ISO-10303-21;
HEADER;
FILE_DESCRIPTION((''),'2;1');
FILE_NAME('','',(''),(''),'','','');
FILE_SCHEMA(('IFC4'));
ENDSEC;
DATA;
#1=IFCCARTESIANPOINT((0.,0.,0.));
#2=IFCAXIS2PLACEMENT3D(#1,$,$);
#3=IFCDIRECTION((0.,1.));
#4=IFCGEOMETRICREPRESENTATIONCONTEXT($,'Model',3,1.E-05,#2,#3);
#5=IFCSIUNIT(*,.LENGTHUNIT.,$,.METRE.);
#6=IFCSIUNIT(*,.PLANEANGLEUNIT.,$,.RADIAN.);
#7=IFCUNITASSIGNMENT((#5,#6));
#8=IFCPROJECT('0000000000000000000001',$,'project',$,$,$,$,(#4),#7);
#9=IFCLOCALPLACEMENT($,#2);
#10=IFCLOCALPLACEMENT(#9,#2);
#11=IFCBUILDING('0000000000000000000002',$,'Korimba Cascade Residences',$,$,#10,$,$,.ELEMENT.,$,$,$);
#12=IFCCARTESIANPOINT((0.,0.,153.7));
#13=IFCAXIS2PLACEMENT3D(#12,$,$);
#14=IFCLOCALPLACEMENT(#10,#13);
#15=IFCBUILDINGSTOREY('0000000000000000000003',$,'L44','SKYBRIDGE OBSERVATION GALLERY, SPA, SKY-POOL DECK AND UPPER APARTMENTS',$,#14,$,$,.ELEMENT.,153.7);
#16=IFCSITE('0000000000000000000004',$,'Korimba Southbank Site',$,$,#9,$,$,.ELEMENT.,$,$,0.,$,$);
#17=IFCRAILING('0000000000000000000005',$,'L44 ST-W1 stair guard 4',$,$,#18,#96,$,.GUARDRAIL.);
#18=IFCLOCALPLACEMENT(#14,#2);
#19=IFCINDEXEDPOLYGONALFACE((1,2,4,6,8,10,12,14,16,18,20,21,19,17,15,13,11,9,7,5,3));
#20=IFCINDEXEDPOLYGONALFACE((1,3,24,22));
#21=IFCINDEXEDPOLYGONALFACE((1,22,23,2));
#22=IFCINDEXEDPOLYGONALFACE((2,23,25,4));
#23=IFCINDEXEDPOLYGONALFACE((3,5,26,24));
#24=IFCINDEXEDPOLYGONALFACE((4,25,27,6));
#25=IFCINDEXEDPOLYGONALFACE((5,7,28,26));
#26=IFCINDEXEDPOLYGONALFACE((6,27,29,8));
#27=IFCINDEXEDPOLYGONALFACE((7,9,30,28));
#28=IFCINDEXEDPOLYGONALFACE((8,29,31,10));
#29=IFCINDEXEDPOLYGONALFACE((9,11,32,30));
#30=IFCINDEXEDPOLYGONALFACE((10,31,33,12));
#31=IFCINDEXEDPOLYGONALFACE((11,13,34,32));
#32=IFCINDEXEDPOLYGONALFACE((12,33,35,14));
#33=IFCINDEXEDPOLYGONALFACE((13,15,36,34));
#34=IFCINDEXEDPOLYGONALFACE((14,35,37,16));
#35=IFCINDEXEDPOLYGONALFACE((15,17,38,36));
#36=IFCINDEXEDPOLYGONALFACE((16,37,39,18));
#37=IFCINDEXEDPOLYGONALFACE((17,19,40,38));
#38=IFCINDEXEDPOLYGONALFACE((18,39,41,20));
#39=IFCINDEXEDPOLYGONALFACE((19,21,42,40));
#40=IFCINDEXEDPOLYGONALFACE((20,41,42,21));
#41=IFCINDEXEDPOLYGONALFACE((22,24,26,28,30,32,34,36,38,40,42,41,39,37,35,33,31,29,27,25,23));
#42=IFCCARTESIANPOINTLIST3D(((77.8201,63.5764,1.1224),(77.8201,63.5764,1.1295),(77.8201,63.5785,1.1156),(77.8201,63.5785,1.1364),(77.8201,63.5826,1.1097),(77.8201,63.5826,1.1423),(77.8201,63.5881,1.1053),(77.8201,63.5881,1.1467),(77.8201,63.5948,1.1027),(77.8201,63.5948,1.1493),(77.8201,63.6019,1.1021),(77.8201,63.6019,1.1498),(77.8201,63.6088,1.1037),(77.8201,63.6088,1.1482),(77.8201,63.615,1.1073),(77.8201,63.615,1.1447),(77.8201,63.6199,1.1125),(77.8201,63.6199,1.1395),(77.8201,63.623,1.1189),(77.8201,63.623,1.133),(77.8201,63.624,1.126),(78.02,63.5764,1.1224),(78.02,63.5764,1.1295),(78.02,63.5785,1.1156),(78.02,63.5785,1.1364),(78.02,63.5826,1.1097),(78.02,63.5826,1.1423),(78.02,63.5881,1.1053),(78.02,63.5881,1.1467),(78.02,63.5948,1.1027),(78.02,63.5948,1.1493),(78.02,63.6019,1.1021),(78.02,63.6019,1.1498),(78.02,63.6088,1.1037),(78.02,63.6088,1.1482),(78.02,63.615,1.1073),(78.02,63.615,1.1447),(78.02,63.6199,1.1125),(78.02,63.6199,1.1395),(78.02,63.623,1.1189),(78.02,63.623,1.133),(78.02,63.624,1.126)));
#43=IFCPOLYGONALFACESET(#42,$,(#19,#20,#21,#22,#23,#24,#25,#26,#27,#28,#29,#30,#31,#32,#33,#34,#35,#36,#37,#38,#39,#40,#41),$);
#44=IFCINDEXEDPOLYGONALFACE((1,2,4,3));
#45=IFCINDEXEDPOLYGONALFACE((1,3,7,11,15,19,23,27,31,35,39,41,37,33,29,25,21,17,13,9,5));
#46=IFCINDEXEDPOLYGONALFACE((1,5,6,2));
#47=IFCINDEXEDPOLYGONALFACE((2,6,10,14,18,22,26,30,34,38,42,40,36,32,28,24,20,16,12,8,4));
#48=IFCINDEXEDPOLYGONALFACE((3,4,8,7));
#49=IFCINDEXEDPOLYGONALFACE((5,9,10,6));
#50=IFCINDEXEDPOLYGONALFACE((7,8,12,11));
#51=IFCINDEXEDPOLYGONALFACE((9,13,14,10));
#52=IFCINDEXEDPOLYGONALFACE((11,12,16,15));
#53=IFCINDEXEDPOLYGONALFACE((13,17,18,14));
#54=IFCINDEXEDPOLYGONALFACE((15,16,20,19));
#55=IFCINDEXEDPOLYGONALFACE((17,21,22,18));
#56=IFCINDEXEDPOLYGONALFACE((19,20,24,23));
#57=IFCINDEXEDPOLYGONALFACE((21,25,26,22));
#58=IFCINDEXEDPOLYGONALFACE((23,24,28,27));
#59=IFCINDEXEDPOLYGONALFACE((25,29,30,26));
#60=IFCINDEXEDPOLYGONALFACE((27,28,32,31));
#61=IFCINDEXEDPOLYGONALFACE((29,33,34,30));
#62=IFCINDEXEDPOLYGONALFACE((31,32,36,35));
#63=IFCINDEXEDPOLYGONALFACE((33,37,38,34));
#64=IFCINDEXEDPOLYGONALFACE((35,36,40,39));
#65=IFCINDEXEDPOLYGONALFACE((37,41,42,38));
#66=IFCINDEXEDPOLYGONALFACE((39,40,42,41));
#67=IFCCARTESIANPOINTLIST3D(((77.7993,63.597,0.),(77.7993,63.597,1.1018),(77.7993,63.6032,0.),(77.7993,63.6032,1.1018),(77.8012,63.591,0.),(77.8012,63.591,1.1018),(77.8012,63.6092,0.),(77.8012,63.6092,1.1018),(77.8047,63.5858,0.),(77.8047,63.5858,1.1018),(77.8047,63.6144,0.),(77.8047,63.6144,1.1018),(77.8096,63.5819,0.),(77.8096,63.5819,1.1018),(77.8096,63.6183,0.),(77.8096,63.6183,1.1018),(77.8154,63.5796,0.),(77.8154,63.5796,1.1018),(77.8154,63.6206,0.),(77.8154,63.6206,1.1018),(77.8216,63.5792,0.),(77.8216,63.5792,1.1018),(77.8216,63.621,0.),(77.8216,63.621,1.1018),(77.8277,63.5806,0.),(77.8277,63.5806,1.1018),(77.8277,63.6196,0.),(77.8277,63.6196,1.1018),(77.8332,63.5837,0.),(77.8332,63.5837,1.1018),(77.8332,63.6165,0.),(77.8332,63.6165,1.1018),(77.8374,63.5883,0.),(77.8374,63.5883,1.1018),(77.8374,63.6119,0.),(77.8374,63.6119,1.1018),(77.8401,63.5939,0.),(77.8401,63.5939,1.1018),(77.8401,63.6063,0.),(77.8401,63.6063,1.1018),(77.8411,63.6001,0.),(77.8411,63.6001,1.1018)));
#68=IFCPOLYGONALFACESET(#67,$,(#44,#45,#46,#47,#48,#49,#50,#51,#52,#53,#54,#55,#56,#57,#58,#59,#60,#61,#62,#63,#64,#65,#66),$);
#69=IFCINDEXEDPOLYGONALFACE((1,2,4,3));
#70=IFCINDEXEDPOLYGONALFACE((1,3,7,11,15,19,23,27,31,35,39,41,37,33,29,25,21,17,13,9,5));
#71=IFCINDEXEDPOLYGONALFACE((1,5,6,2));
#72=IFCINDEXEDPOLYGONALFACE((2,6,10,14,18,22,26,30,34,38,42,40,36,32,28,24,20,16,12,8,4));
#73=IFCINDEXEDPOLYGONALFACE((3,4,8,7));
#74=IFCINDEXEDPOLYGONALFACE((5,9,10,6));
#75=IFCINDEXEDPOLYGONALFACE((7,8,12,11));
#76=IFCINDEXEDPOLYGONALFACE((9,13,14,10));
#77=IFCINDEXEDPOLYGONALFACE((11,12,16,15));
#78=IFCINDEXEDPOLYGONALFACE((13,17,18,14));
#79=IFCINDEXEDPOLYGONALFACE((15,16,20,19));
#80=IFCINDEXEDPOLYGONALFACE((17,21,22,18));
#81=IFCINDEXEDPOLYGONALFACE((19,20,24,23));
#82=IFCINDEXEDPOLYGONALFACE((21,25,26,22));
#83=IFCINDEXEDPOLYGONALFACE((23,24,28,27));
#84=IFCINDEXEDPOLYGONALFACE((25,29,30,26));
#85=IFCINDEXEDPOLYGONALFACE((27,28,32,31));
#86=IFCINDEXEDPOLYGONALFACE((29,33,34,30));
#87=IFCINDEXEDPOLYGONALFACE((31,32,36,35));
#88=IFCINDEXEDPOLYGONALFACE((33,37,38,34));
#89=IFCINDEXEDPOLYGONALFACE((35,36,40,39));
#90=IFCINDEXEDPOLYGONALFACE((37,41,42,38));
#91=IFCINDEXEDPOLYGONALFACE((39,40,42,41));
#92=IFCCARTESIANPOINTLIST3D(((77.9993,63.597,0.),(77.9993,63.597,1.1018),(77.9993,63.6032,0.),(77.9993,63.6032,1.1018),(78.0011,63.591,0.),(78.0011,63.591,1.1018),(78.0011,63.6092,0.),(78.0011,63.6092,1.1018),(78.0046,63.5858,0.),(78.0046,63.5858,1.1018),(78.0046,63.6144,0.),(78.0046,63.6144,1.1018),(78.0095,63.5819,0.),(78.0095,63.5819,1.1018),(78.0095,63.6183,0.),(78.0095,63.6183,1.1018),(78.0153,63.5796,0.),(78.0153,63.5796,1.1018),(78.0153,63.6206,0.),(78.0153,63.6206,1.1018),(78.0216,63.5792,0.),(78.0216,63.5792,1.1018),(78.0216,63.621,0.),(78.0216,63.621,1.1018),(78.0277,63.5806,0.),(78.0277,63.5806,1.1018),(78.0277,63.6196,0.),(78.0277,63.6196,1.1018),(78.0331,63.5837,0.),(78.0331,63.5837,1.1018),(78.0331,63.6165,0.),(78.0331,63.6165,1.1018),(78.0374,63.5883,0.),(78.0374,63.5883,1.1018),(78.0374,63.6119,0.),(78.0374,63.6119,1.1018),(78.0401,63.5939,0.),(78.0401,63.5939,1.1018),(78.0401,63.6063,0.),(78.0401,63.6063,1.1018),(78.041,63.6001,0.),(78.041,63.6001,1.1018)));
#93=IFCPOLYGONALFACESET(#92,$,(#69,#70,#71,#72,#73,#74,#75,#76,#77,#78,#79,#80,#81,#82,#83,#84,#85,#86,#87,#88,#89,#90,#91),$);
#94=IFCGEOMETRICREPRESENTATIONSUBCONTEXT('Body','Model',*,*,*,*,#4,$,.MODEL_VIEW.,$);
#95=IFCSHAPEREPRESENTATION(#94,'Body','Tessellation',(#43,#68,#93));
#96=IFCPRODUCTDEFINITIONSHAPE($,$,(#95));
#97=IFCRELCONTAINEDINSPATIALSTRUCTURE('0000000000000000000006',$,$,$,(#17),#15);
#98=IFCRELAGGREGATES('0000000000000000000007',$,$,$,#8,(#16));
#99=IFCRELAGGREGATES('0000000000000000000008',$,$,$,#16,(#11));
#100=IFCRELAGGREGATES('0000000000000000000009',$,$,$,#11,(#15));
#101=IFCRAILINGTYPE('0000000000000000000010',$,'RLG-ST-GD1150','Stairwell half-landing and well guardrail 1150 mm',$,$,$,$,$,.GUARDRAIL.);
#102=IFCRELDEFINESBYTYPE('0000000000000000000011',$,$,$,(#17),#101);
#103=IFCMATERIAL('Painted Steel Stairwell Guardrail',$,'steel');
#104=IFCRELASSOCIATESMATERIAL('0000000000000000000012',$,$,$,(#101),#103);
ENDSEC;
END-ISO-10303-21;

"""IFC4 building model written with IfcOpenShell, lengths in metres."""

from ifc_helpers import new_model, si_unit, direction, frame, origin, origin_2d, place, context, subcontext, project, spatial, circle, extrude, material, type_object, element, save


model = new_model("IFC4")

# Units and contexts
model_context = context("Model", 3, precision=1e-05, world=origin(), true_north=direction((0.0, 1.0)))
body_context = subcontext(model_context, "Body", "Model", "MODEL_VIEW")
ifc_project = project(units=[si_unit("LENGTHUNIT", "METRE"), si_unit("PLANEANGLEUNIT", "RADIAN")], contexts=[model_context])

# Site, building, storey
site_placement = place(None, origin())
site = spatial("IfcSite", under=ifc_project, at=site_placement, Name="Korimba Southbank Site", CompositionType="ELEMENT", RefElevation=0.0)
building_placement = place(site_placement, origin())
building = spatial("IfcBuilding", under=site, at=building_placement, Name="Korimba Cascade Residences", CompositionType="ELEMENT")
storey_placement = place(building_placement, frame((0.0, 0.0, 153.7)))
storey = spatial("IfcBuildingStorey", under=building, at=storey_placement, Name="L44", Description="SKYBRIDGE OBSERVATION GALLERY, SPA, SKY-POOL DECK AND UPPER APARTMENTS", CompositionType="ELEMENT", Elevation=153.7)

# Railing
ifc_material_1 = material(Name="Painted Steel Stairwell Guardrail", Category="steel")
railing_type_1 = type_object("IfcRailingType", Name="RLG-ST-GD1150", Description="Stairwell half-landing and well guardrail 1150 mm", PredefinedType="GUARDRAIL", material=ifc_material_1)
railing_1_placement = place(storey_placement, frame((77.8201, 63.6001, 0.0)))
element("IfcRailing", 1, at=railing_1_placement, inside=storey, type_object=railing_type_1, Name="L44 ST-W1 stair guard 4", PredefinedType="GUARDRAIL", context=body_context, shape_type="SweptSolid", body=[
    extrude(circle(Radius=0.0239, at=origin_2d()), frame((0.0, 0.0, 1.126), z_axis=(1.0, 0.0, 0.0), x_axis=(0.0, 1.0, 0.0)), (0.0, 0.0, 1.0), 0.2),
    extrude(circle(Radius=0.021, at=origin_2d()), origin(), (0.0, 0.0, 1.0), 1.1018),
    extrude(circle(Radius=0.021, at=origin_2d()), frame((0.2, 0.0, 0.0)), (0.0, 0.0, 1.0), 1.1018),
])

save(model, "model.ifc")
